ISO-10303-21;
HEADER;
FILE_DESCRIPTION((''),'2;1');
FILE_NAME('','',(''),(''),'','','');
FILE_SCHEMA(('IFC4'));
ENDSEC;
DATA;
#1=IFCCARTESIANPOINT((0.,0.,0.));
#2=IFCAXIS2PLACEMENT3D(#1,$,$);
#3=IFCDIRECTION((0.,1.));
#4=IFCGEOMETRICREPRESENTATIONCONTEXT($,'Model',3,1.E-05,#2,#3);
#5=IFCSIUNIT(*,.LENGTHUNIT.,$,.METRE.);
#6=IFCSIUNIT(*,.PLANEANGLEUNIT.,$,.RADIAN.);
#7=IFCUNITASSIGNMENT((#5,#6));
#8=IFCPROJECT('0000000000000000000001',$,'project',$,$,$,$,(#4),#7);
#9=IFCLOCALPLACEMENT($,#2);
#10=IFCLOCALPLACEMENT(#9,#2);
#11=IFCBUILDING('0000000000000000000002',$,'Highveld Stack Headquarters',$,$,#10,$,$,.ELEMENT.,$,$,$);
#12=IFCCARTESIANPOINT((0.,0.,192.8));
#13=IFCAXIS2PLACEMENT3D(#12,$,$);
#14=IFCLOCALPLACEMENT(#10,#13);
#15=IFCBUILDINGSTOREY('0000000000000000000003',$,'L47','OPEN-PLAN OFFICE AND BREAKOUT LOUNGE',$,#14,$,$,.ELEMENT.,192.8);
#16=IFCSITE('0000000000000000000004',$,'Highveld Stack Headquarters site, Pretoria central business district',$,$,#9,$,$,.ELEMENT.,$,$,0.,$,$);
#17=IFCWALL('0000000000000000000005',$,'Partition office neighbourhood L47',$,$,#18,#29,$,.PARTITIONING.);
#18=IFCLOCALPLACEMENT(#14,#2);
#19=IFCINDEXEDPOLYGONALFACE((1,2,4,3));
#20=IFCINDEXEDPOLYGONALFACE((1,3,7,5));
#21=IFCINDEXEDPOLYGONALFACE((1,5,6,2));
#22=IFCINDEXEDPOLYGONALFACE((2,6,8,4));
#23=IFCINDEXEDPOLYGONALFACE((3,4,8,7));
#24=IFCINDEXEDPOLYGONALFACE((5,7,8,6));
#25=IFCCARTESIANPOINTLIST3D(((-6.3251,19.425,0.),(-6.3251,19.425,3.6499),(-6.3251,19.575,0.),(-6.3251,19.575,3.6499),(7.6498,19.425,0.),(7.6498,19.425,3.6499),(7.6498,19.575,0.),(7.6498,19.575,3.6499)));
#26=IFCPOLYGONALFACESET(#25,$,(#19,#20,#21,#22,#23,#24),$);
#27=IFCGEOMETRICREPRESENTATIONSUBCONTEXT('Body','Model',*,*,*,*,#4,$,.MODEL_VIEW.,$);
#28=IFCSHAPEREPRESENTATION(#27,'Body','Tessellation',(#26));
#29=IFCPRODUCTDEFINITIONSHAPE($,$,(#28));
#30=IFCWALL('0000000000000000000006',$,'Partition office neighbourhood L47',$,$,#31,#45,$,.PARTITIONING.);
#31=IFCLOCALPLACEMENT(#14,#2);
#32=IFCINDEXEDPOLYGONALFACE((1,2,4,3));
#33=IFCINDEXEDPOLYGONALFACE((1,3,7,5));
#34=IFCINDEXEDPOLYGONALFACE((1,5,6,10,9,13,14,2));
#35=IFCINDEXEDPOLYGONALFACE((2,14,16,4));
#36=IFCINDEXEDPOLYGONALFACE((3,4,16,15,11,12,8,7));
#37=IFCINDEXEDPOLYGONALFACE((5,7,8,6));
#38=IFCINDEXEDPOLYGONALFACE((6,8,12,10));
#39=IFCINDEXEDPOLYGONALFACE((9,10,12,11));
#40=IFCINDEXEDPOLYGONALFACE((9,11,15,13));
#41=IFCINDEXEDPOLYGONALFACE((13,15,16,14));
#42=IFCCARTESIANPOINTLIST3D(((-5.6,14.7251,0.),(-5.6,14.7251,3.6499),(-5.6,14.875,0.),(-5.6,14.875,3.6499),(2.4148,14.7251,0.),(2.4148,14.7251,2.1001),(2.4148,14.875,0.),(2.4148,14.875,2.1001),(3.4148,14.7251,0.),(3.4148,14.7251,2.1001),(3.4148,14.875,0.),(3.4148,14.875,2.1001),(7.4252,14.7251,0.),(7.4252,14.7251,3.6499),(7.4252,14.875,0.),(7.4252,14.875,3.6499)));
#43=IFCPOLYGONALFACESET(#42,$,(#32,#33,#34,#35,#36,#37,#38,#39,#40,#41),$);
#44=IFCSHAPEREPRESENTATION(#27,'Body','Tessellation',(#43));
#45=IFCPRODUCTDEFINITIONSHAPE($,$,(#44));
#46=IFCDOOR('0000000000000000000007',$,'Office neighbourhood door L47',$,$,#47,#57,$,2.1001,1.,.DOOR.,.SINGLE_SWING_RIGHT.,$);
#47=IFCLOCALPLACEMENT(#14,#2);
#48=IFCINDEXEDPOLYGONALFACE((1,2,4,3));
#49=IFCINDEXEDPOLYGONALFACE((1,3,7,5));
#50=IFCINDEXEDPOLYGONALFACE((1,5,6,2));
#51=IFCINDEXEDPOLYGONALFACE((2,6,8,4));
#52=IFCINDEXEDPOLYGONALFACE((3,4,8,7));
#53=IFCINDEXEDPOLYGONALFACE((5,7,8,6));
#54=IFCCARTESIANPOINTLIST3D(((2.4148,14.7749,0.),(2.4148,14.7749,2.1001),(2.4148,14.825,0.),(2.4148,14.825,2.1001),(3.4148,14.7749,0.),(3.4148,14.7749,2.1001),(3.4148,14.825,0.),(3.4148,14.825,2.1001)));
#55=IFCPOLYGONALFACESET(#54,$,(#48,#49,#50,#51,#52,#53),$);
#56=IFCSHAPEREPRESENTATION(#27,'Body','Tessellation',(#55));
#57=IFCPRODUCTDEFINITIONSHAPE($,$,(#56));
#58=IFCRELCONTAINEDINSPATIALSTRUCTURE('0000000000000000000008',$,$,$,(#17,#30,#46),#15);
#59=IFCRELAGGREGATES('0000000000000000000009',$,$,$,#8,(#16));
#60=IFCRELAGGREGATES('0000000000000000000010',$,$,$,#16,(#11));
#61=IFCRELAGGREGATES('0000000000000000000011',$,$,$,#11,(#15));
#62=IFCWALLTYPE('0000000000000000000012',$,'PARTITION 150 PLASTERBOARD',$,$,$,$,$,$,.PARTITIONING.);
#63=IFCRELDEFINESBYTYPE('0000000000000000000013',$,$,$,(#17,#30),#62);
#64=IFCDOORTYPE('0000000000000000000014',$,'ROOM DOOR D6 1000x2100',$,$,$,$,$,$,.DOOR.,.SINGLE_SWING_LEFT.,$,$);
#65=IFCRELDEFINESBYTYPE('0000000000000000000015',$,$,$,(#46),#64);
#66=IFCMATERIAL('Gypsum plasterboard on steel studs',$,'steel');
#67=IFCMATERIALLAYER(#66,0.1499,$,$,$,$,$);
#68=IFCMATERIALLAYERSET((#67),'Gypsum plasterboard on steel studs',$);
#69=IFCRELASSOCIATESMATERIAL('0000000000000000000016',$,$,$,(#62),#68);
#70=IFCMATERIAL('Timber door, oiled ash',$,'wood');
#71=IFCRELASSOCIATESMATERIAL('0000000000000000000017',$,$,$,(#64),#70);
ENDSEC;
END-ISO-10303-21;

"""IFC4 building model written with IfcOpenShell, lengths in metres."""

from ifc_helpers import new_model, si_unit, direction, frame, frame_2d, origin, place, context, subcontext, project, spatial, rectangle, extrude, material, layer, layer_set, type_object, element, fill, save


model = new_model("IFC4")

# Units and contexts
model_context = context("Model", 3, precision=1e-05, world=origin(), true_north=direction((0.0, 1.0)))
body_context = subcontext(model_context, "Body", "Model", "MODEL_VIEW")
ifc_project = project(units=[si_unit("LENGTHUNIT", "METRE"), si_unit("PLANEANGLEUNIT", "RADIAN")], contexts=[model_context])

# Site, building, storey
site_placement = place(None, origin())
site = spatial("IfcSite", under=ifc_project, at=site_placement, Name="Highveld Stack Headquarters site, Pretoria central business district", CompositionType="ELEMENT", RefElevation=0.0)
building_placement = place(site_placement, origin())
building = spatial("IfcBuilding", under=site, at=building_placement, Name="Highveld Stack Headquarters", CompositionType="ELEMENT")
storey_placement = place(building_placement, frame((0.0, 0.0, 192.8)))
storey = spatial("IfcBuildingStorey", under=building, at=storey_placement, Name="L47", Description="OPEN-PLAN OFFICE AND BREAKOUT LOUNGE", CompositionType="ELEMENT", Elevation=192.8)

# Shared definitions
ifc_material_1 = material(Name="Gypsum plasterboard on steel studs", Category="steel")
ifc_layer_1 = layer(ifc_material_1, 0.1499)
ifc_layer_set_1 = layer_set([ifc_layer_1], Name="Gypsum plasterboard on steel studs")
wall_type_1 = type_object("IfcWallType", Name="PARTITION 150 PLASTERBOARD", PredefinedType="PARTITIONING", material=ifc_layer_set_1)

# Shared definitions
ifc_material_2 = material(Name="Timber door, oiled ash", Category="wood")
door_type = type_object("IfcDoorType", Name="ROOM DOOR D6 1000x2100", OperationType="SINGLE_SWING_LEFT", PredefinedType="DOOR", material=ifc_material_2)

# Wall
wall_1_placement = place(storey_placement, frame((-6.325, 19.5, 0.0), z_axis=(0.0, 0.0, 1.0), x_axis=(1.0, 0.0, 0.0)))
element("IfcWall", 1, at=wall_1_placement, inside=storey, type_object=wall_type_1, Name="Partition office neighbourhood L47", PredefinedType="PARTITIONING", context=body_context, shape_type="SweptSolid", body=[
    extrude(rectangle(XDim=13.9749, YDim=0.1499, at=frame_2d((6.9873, 0.0))), origin(), (0.0, 0.0, 1.0), 3.6499),
])

# Wall, opening, door
wall_2_placement = place(storey_placement, frame((-5.6001, 14.8, 0.0), z_axis=(0.0, 0.0, 1.0), x_axis=(1.0, 0.0, 0.0)))
wall_2 = element("IfcWall", 2, at=wall_2_placement, inside=storey, type_object=wall_type_1, Name="Partition office neighbourhood L47", PredefinedType="PARTITIONING", context=body_context, shape_type="SweptSolid", body=[
    extrude(rectangle(XDim=13.0251, YDim=0.1499, at=frame_2d((6.5127, 0.0))), origin(), (0.0, 0.0, 1.0), 3.6499),
])
opening_1_placement = place(wall_2_placement, frame((8.0149, 0.0, 0.0)))
opening_1 = element("IfcOpeningElement", 3, at=opening_1_placement, cuts=wall_2, PredefinedType="OPENING", context=body_context, shape_type="SweptSolid", body=[
    extrude(rectangle(XDim=1.0, YDim=2.1001, at=frame_2d((0.5, 1.05))), frame((0.0, 0.085, 0.0), z_axis=(0.0, -1.0, 0.0), x_axis=(1.0, 0.0, 0.0)), (0.0, 0.0, 1.0), 0.1699),
])
door_1_placement = place(opening_1_placement, origin())
door_1 = element("IfcDoor", 4, at=door_1_placement, inside=storey, type_object=door_type, Name="Office neighbourhood door L47", OperationType="SINGLE_SWING_RIGHT", OverallHeight=2.1001, OverallWidth=1.0, PredefinedType="DOOR", context=body_context, shape_type="SweptSolid", body=[
    extrude(rectangle(XDim=1.0, YDim=2.1001, at=frame_2d((0.5, 1.05))), frame((0.0, 0.0249, 0.0), z_axis=(0.0, -1.0, 0.0), x_axis=(1.0, 0.0, 0.0)), (0.0, 0.0, 1.0), 0.05),
])
fill(opening_1, door_1)

save(model, "model.ifc")
